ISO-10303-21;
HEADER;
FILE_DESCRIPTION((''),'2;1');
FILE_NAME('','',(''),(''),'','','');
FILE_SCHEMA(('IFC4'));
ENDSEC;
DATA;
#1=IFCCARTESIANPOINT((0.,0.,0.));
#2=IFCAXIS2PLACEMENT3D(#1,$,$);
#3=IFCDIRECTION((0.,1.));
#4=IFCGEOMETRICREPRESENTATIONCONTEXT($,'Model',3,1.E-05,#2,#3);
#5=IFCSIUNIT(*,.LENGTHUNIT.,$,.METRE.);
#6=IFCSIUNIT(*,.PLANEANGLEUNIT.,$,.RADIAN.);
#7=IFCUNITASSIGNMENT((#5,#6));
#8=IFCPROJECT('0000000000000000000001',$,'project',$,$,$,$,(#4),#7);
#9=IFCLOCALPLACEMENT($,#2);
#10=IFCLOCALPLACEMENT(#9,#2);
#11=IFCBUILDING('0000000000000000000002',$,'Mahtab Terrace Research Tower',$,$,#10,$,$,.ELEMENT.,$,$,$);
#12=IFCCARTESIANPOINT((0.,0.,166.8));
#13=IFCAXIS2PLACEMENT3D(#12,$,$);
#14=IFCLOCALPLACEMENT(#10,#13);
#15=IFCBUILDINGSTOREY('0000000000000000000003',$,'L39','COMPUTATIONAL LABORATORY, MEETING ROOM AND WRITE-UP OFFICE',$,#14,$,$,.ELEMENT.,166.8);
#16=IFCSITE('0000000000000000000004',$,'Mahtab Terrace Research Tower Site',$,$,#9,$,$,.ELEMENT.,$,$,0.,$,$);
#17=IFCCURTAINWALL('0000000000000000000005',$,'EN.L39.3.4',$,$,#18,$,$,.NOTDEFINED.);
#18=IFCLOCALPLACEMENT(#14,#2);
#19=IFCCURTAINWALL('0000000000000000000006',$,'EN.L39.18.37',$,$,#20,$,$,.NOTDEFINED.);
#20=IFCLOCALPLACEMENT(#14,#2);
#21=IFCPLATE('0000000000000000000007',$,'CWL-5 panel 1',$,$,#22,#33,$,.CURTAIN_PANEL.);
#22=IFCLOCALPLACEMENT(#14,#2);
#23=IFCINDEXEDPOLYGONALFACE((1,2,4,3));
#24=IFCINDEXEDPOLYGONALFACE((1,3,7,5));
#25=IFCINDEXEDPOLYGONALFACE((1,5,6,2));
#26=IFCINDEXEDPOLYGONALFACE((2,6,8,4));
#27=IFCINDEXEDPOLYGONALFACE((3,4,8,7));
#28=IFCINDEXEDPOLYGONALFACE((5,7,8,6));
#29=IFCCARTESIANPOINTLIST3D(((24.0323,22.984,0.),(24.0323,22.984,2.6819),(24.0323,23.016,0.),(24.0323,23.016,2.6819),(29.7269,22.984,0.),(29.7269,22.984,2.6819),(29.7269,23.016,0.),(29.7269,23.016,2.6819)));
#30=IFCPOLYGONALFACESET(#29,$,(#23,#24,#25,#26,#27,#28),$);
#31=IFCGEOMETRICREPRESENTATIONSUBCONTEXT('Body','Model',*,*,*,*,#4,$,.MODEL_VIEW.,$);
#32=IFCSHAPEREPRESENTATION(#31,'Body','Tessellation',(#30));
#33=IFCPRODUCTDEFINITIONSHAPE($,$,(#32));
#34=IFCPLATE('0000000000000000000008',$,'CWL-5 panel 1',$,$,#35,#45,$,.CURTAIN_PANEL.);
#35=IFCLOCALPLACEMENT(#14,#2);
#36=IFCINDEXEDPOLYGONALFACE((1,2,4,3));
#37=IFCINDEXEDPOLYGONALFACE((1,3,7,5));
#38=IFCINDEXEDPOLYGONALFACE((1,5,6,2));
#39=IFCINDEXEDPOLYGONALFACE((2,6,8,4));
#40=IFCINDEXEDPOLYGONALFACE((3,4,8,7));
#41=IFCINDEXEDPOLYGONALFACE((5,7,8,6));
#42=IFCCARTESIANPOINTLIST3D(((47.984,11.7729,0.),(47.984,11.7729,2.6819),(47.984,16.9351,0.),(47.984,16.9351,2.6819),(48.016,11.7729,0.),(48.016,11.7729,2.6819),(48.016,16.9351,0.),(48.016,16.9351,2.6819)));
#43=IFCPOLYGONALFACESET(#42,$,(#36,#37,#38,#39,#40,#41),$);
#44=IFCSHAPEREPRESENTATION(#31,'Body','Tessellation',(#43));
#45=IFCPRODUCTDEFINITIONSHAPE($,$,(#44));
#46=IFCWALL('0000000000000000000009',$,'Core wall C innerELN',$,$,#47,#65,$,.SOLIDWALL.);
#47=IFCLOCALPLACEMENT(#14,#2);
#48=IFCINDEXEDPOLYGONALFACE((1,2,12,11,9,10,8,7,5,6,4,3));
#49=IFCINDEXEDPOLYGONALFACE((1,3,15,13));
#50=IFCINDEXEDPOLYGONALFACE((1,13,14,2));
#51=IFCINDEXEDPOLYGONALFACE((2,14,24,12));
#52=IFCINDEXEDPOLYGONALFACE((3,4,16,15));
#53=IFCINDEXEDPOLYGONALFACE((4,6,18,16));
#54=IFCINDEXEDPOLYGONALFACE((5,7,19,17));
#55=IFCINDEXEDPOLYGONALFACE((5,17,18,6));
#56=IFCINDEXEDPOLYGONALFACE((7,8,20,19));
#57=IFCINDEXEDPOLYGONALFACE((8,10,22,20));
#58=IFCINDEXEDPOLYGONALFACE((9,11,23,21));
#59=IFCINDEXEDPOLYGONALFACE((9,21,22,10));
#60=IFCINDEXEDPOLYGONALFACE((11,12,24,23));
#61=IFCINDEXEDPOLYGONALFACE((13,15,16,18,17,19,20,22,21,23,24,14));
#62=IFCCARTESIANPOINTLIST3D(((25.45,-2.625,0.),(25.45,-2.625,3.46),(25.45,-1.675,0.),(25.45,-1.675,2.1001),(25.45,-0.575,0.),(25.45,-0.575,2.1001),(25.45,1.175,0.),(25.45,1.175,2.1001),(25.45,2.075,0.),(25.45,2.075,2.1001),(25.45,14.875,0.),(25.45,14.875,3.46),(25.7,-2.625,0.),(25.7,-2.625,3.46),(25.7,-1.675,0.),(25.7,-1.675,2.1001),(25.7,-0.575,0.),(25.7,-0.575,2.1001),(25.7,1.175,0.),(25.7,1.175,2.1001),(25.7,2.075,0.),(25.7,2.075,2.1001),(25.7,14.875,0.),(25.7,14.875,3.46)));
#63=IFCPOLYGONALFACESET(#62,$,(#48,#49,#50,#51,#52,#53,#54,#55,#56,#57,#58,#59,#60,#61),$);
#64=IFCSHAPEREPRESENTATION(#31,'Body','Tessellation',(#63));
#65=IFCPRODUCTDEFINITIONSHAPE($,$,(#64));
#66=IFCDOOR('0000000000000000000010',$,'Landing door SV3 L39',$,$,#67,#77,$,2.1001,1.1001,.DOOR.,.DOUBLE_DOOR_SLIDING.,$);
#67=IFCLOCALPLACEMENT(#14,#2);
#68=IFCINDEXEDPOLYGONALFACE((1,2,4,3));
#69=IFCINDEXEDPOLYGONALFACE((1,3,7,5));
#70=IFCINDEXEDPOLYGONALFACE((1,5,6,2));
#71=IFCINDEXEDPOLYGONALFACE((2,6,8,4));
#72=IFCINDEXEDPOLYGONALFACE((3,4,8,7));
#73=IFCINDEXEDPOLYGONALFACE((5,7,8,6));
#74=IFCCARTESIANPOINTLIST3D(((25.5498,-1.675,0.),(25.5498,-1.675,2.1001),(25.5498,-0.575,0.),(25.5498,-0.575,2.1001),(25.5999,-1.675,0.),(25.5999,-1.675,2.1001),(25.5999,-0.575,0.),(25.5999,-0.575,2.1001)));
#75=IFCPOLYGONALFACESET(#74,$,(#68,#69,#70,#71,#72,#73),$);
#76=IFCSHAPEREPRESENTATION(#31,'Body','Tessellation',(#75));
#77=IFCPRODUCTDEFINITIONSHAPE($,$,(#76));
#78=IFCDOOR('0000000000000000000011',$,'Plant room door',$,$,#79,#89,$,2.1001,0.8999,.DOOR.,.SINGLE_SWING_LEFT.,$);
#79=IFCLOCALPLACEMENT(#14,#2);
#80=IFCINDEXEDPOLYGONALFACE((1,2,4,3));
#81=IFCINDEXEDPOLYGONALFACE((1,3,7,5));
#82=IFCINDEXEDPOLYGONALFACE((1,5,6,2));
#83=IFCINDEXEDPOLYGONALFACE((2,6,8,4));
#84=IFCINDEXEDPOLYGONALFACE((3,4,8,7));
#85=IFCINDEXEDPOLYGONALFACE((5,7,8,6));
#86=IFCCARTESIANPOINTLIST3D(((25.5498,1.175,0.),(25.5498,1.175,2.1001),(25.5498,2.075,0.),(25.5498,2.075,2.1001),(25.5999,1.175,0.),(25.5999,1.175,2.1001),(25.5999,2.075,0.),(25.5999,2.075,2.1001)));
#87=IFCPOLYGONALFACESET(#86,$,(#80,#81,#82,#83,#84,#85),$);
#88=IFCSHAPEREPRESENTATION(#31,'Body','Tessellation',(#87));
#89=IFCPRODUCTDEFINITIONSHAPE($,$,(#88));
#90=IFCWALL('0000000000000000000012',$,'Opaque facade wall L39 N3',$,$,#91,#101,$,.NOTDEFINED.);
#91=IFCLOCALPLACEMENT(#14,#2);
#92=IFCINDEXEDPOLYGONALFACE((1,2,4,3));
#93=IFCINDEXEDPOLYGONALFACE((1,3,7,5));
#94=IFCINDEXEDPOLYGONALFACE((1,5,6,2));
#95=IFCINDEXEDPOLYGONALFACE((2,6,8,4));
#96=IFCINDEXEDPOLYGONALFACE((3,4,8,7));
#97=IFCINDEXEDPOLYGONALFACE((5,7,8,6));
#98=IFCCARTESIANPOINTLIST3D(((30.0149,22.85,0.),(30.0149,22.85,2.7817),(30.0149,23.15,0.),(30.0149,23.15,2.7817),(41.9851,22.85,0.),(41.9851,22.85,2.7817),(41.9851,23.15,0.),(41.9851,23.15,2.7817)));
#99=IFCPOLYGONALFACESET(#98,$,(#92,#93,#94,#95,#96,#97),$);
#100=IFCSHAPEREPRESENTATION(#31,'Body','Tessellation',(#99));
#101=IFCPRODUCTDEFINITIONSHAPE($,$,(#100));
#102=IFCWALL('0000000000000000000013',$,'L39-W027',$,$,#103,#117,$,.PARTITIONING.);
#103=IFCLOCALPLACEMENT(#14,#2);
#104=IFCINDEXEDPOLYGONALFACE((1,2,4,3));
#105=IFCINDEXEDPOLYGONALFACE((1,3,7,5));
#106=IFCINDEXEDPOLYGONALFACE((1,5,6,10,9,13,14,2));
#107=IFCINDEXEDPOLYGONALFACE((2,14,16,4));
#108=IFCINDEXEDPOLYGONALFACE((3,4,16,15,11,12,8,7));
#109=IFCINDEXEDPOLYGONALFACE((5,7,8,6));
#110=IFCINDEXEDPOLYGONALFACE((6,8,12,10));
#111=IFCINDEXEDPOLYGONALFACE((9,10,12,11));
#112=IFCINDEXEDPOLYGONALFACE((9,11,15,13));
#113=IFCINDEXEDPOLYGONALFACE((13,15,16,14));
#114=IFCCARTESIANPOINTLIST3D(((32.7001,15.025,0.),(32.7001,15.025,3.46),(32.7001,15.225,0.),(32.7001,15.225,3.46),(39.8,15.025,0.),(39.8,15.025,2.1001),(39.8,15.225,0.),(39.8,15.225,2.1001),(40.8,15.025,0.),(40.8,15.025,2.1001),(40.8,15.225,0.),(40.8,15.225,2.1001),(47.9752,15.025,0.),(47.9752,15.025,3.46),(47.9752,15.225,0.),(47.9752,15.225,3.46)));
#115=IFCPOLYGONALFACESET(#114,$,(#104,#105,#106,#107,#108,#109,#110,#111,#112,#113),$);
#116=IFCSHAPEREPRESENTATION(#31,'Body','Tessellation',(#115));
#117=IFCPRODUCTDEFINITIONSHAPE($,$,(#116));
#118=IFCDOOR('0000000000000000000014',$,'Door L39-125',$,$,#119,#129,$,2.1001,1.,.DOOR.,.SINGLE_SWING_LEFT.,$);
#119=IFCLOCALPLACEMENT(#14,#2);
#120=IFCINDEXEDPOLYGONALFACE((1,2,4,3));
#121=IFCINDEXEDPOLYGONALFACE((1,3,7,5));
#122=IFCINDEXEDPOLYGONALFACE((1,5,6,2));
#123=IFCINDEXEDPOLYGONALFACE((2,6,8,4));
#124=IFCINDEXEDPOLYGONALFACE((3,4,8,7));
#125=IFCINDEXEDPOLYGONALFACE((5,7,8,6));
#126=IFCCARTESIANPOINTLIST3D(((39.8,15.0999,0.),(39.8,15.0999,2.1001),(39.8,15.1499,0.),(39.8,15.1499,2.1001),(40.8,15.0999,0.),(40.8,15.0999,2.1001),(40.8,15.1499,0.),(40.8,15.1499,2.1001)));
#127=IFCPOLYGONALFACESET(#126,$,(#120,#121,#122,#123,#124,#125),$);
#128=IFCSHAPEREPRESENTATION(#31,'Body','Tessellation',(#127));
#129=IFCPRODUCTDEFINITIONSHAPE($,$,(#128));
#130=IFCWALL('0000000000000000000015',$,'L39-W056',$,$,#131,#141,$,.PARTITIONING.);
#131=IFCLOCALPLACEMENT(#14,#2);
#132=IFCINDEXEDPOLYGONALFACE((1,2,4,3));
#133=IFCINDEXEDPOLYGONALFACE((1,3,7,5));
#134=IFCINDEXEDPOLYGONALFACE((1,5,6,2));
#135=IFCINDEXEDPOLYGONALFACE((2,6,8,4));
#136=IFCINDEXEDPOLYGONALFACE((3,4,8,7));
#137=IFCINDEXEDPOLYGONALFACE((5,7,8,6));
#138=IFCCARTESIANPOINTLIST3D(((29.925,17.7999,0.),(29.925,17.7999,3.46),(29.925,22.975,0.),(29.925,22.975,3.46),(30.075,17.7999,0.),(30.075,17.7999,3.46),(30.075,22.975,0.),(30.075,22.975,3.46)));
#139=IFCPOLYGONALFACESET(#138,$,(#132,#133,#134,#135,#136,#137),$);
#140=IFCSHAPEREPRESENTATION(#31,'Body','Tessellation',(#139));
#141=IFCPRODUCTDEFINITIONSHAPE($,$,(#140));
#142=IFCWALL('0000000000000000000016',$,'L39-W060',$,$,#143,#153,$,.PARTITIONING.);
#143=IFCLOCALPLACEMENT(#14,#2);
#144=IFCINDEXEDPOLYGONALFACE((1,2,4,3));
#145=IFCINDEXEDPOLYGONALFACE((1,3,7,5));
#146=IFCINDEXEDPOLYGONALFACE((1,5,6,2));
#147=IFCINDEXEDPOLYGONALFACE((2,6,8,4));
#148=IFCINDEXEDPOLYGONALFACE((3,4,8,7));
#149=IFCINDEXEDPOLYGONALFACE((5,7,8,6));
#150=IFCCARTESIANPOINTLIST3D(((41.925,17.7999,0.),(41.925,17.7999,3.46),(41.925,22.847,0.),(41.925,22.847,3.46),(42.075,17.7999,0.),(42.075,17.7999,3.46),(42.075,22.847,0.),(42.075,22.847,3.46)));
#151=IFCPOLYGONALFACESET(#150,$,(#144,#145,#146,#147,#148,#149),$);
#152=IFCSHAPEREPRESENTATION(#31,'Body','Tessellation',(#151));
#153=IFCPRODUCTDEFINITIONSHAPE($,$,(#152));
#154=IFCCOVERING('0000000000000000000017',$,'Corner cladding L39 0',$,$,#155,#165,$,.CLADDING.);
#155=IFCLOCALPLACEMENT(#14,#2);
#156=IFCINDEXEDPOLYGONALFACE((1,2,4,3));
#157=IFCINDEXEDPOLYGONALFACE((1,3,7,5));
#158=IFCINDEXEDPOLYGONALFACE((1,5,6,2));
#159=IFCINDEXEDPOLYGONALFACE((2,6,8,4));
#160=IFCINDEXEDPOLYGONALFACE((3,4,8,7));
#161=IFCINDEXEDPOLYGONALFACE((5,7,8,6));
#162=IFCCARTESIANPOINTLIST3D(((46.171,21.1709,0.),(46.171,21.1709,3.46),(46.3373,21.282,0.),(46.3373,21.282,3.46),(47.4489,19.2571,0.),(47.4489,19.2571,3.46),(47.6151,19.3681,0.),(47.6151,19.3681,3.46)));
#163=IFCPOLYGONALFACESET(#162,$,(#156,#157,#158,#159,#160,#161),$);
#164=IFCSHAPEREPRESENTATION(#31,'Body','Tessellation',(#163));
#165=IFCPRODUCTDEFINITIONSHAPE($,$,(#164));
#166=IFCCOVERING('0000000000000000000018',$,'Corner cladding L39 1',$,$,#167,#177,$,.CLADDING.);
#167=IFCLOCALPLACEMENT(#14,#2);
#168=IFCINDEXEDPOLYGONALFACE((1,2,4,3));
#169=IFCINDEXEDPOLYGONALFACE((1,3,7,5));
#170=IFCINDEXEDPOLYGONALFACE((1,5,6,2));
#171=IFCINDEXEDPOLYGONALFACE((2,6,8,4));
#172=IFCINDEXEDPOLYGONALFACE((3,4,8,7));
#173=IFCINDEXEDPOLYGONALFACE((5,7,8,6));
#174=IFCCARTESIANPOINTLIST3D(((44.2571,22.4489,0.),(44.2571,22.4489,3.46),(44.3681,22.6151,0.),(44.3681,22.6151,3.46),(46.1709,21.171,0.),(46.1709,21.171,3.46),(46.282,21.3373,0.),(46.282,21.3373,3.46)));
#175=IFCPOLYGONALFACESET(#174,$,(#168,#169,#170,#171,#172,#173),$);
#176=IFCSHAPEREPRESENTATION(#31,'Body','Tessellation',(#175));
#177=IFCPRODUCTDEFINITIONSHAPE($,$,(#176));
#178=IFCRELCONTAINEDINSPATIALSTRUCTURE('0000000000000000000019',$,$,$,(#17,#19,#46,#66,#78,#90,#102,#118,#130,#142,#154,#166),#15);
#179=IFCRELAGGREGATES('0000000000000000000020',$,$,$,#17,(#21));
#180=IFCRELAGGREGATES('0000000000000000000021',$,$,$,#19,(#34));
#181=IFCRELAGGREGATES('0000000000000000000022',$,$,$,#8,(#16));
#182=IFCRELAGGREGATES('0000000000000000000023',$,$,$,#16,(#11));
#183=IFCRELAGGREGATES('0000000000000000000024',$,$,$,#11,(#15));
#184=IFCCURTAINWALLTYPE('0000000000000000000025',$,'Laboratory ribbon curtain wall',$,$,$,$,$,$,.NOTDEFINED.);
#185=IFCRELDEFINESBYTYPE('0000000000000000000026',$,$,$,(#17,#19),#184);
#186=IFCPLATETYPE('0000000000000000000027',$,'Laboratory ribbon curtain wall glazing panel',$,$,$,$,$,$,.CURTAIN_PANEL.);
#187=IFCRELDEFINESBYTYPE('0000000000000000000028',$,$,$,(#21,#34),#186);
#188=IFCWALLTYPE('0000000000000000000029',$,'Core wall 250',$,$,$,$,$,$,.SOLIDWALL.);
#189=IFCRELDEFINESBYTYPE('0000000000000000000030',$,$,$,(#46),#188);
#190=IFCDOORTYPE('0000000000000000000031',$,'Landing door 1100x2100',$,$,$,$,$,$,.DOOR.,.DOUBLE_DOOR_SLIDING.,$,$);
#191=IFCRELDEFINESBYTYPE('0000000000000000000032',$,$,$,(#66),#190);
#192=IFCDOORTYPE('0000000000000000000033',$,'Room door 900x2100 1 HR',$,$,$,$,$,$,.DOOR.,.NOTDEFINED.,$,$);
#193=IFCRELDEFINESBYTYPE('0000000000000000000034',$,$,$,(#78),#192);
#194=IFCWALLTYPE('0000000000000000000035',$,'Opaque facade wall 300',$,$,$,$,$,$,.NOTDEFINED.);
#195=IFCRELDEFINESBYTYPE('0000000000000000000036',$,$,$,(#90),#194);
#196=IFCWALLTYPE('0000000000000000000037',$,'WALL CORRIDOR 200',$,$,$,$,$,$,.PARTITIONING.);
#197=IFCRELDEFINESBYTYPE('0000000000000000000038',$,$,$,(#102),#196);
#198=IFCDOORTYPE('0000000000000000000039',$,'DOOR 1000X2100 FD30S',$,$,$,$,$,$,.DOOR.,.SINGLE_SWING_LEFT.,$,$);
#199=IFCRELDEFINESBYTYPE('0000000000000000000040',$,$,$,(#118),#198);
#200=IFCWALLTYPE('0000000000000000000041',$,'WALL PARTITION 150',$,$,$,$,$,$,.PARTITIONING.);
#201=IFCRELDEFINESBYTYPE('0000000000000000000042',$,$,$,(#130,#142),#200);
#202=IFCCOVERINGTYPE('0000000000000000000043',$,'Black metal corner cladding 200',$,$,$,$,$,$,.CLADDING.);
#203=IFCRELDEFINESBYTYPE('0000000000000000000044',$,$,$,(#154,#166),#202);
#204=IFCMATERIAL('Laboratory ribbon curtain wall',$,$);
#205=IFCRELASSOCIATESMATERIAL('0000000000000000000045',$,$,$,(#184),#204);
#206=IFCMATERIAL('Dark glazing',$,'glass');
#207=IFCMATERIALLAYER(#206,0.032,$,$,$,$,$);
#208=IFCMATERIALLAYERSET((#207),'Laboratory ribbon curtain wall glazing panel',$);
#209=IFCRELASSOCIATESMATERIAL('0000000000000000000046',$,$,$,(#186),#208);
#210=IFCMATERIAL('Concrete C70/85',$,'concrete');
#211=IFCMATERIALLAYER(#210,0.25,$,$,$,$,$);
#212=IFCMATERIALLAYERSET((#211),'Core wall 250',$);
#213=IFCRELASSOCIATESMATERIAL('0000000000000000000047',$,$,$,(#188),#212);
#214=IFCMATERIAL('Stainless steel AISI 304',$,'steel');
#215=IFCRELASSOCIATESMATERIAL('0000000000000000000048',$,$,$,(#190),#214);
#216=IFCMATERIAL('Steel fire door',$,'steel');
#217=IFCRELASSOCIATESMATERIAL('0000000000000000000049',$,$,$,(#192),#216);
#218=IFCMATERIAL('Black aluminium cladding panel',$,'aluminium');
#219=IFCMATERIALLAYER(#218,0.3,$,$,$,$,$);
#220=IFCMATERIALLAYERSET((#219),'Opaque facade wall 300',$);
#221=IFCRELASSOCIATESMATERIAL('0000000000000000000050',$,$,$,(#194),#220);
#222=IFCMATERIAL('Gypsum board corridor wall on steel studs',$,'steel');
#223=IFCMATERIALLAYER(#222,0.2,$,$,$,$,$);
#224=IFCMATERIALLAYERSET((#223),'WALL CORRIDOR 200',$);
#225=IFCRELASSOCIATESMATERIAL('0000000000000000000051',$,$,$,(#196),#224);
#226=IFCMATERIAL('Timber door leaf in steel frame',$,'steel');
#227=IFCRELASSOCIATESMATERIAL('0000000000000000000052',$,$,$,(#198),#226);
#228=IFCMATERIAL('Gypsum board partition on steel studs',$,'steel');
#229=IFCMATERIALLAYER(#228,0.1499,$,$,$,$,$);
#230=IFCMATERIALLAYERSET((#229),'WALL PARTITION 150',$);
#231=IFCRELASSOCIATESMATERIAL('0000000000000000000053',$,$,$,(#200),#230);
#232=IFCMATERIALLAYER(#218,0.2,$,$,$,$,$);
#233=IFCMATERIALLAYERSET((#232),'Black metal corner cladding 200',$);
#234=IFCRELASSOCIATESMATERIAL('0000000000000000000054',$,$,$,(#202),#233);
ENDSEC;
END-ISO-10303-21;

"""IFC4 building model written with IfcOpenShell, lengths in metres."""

from ifc_helpers import new_model, si_unit, direction, frame, frame_2d, origin, origin_2d, place, context, subcontext, project, spatial, rectangle, extrude, material, layer, layer_set, type_object, element, fill, aggregate, save


model = new_model("IFC4")

# Units and contexts
model_context = context("Model", 3, precision=1e-05, world=origin(), true_north=direction((0.0, 1.0)))
body_context = subcontext(model_context, "Body", "Model", "MODEL_VIEW")
ifc_project = project(units=[si_unit("LENGTHUNIT", "METRE"), si_unit("PLANEANGLEUNIT", "RADIAN")], contexts=[model_context])

# Site, building, storey
site_placement = place(None, origin())
site = spatial("IfcSite", under=ifc_project, at=site_placement, Name="Mahtab Terrace Research Tower Site", CompositionType="ELEMENT", RefElevation=0.0)
building_placement = place(site_placement, origin())
building = spatial("IfcBuilding", under=site, at=building_placement, Name="Mahtab Terrace Research Tower", CompositionType="ELEMENT")
storey_placement = place(building_placement, frame((0.0, 0.0, 166.8)))
storey = spatial("IfcBuildingStorey", under=building, at=storey_placement, Name="L39", Description="COMPUTATIONAL LABORATORY, MEETING ROOM AND WRITE-UP OFFICE", CompositionType="ELEMENT", Elevation=166.8)

# Curtain walls
ifc_material_1 = material(Name="Laboratory ribbon curtain wall")
curtain_wall_type = type_object("IfcCurtainWallType", Name="Laboratory ribbon curtain wall", PredefinedType="NOTDEFINED", material=ifc_material_1)
curtain_wall_1_placement = place(storey_placement, origin())
curtain_wall_1 = element("IfcCurtainWall", 1, at=curtain_wall_1_placement, inside=storey, type_object=curtain_wall_type, Name="EN.L39.3.4", PredefinedType="NOTDEFINED")
curtain_wall_2_placement = place(storey_placement, origin())
curtain_wall_2 = element("IfcCurtainWall", 2, at=curtain_wall_2_placement, inside=storey, type_object=curtain_wall_type, Name="EN.L39.18.37", PredefinedType="NOTDEFINED")

# Plates
ifc_material_2 = material(Name="Dark glazing", Category="glass")
ifc_layer_1 = layer(ifc_material_2, 0.032)
ifc_layer_set_1 = layer_set([ifc_layer_1], Name="Laboratory ribbon curtain wall glazing panel")
plate_type = type_object("IfcPlateType", Name="Laboratory ribbon curtain wall glazing panel", PredefinedType="CURTAIN_PANEL", material=ifc_layer_set_1)
plate_1_placement = place(storey_placement, frame((26.8796, 23.0, 0.0), z_axis=(0.0, 0.0, 1.0), x_axis=(-1.0, 0.0, 0.0)))
plate_1 = element("IfcPlate", 3, at=plate_1_placement, type_object=plate_type, Name="CWL-5 panel 1", PredefinedType="CURTAIN_PANEL", context=body_context, shape_type="SweptSolid", body=[
    extrude(rectangle(XDim=5.6946, YDim=0.032, at=origin_2d()), origin(), (0.0, 0.0, 1.0), 2.6819),
])
aggregate(curtain_wall_1, [plate_1])
plate_2_placement = place(storey_placement, frame((48.0, 14.354, 0.0), z_axis=(0.0, 0.0, 1.0), x_axis=(0.0, 1.0, 0.0)))
plate_2 = element("IfcPlate", 4, at=plate_2_placement, type_object=plate_type, Name="CWL-5 panel 1", PredefinedType="CURTAIN_PANEL", context=body_context, shape_type="SweptSolid", body=[
    extrude(rectangle(XDim=5.1621, YDim=0.032, at=origin_2d()), origin(), (0.0, 0.0, 1.0), 2.6819),
])
aggregate(curtain_wall_2, [plate_2])

# Wall, openings, doors
ifc_material_3 = material(Name="Concrete C70/85", Category="concrete")
ifc_layer_2 = layer(ifc_material_3, 0.25)
ifc_layer_set_2 = layer_set([ifc_layer_2], Name="Core wall 250")
wall_type_1 = type_object("IfcWallType", Name="Core wall 250", PredefinedType="SOLIDWALL", material=ifc_layer_set_2)
wall_1_placement = place(storey_placement, frame((25.575, 14.875, 0.0), z_axis=(0.0, 0.0, 1.0), x_axis=(0.0, -1.0, 0.0)))
wall_1 = element("IfcWall", 5, at=wall_1_placement, inside=storey, type_object=wall_type_1, Name="Core wall C innerELN", PredefinedType="SOLIDWALL", context=body_context, shape_type="SweptSolid", body=[
    extrude(rectangle(XDim=17.5, YDim=0.25, at=frame_2d((8.75, 0.0))), origin(), (0.0, 0.0, 1.0), 3.46),
])
opening_1_placement = place(wall_1_placement, frame((15.45, 0.0, 0.0)))
opening_1 = element("IfcOpeningElement", 6, at=opening_1_placement, cuts=wall_1, PredefinedType="OPENING", context=body_context, shape_type="SweptSolid", body=[
    extrude(rectangle(XDim=1.1001, YDim=2.1001, at=frame_2d((0.55, 1.05))), frame((0.0, 0.135, 0.0), z_axis=(0.0, -1.0, 0.0), x_axis=(1.0, 0.0, 0.0)), (0.0, 0.0, 1.0), 0.27),
])
opening_2_placement = place(wall_1_placement, frame((12.8, 0.0, 0.0)))
opening_2 = element("IfcOpeningElement", 7, at=opening_2_placement, cuts=wall_1, PredefinedType="OPENING", context=body_context, shape_type="SweptSolid", body=[
    extrude(rectangle(XDim=0.8999, YDim=2.1001, at=frame_2d((0.45, 1.05))), frame((0.0, 0.135, 0.0), z_axis=(0.0, -1.0, 0.0), x_axis=(1.0, 0.0, 0.0)), (0.0, 0.0, 1.0), 0.27),
])
ifc_material_4 = material(Name="Stainless steel AISI 304", Category="steel")
door_type_1 = type_object("IfcDoorType", Name="Landing door 1100x2100", OperationType="DOUBLE_DOOR_SLIDING", PredefinedType="DOOR", material=ifc_material_4)
door_1_placement = place(opening_1_placement, origin())
door_1 = element("IfcDoor", 8, at=door_1_placement, inside=storey, type_object=door_type_1, Name="Landing door SV3 L39", OperationType="DOUBLE_DOOR_SLIDING", OverallHeight=2.1001, OverallWidth=1.1001, PredefinedType="DOOR", context=body_context, shape_type="SweptSolid", body=[
    extrude(rectangle(XDim=1.1001, YDim=2.1001, at=frame_2d((0.55, 1.05))), frame((0.0, 0.0249, 0.0), z_axis=(0.0, -1.0, 0.0), x_axis=(1.0, 0.0, 0.0)), (0.0, 0.0, 1.0), 0.05),
])
fill(opening_1, door_1)
ifc_material_5 = material(Name="Steel fire door", Category="steel")
door_type_2 = type_object("IfcDoorType", Name="Room door 900x2100 1 HR", OperationType="NOTDEFINED", PredefinedType="DOOR", material=ifc_material_5)
door_2_placement = place(opening_2_placement, origin())
door_2 = element("IfcDoor", 9, at=door_2_placement, inside=storey, type_object=door_type_2, Name="Plant room door", OperationType="SINGLE_SWING_LEFT", OverallHeight=2.1001, OverallWidth=0.8999, PredefinedType="DOOR", context=body_context, shape_type="SweptSolid", body=[
    extrude(rectangle(XDim=0.8999, YDim=2.1001, at=frame_2d((0.45, 1.05))), frame((0.0, 0.0249, 0.0), z_axis=(0.0, -1.0, 0.0), x_axis=(1.0, 0.0, 0.0)), (0.0, 0.0, 1.0), 0.05),
])
fill(opening_2, door_2)

# Wall
ifc_material_6 = material(Name="Black aluminium cladding panel", Category="aluminium")
ifc_layer_3 = layer(ifc_material_6, 0.3)
ifc_layer_set_3 = layer_set([ifc_layer_3], Name="Opaque facade wall 300")
wall_type_2 = type_object("IfcWallType", Name="Opaque facade wall 300", PredefinedType="NOTDEFINED", material=ifc_layer_set_3)
wall_2_placement = place(storey_placement, frame((41.9851, 23.0, 0.0), z_axis=(0.0, 0.0, 1.0), x_axis=(-1.0, 0.0, 0.0)))
element("IfcWall", 10, at=wall_2_placement, inside=storey, type_object=wall_type_2, Name="Opaque facade wall L39 N3", PredefinedType="NOTDEFINED", context=body_context, shape_type="SweptSolid", body=[
    extrude(rectangle(XDim=11.9702, YDim=0.3, at=frame_2d((5.9851, 0.0))), origin(), (0.0, 0.0, 1.0), 2.7817),
])

# Wall, opening, door
ifc_material_7 = material(Name="Gypsum board corridor wall on steel studs", Category="steel")
ifc_layer_4 = layer(ifc_material_7, 0.2)
ifc_layer_set_4 = layer_set([ifc_layer_4], Name="WALL CORRIDOR 200")
wall_type_3 = type_object("IfcWallType", Name="WALL CORRIDOR 200", PredefinedType="PARTITIONING", material=ifc_layer_set_4)
wall_3_placement = place(storey_placement, frame((32.7, 15.125, 0.0), z_axis=(0.0, 0.0, 1.0), x_axis=(1.0, 0.0, 0.0)))
wall_3 = element("IfcWall", 11, at=wall_3_placement, inside=storey, type_object=wall_type_3, Name="L39-W027", PredefinedType="PARTITIONING", context=body_context, shape_type="SweptSolid", body=[
    extrude(rectangle(XDim=15.2751, YDim=0.2, at=frame_2d((7.6377, 0.0))), origin(), (0.0, 0.0, 1.0), 3.46),
])
opening_3_placement = place(wall_3_placement, frame((7.1001, 0.0, 0.0)))
opening_3 = element("IfcOpeningElement", 12, at=opening_3_placement, cuts=wall_3, PredefinedType="OPENING", context=body_context, shape_type="SweptSolid", body=[
    extrude(rectangle(XDim=1.0, YDim=2.1001, at=frame_2d((0.5, 1.05))), frame((0.0, 0.1099, 0.0), z_axis=(0.0, -1.0, 0.0), x_axis=(1.0, 0.0, 0.0)), (0.0, 0.0, 1.0), 0.22),
])
ifc_material_8 = material(Name="Timber door leaf in steel frame", Category="steel")
door_type_3 = type_object("IfcDoorType", Name="DOOR 1000X2100 FD30S", OperationType="SINGLE_SWING_LEFT", PredefinedType="DOOR", material=ifc_material_8)
door_3_placement = place(opening_3_placement, origin())
door_3 = element("IfcDoor", 13, at=door_3_placement, inside=storey, type_object=door_type_3, Name="Door L39-125", OperationType="SINGLE_SWING_LEFT", OverallHeight=2.1001, OverallWidth=1.0, PredefinedType="DOOR", context=body_context, shape_type="SweptSolid", body=[
    extrude(rectangle(XDim=1.0, YDim=2.1001, at=frame_2d((0.5, 1.05))), frame((0.0, 0.0249, 0.0), z_axis=(0.0, -1.0, 0.0), x_axis=(1.0, 0.0, 0.0)), (0.0, 0.0, 1.0), 0.05),
])
fill(opening_3, door_3)

# Walls
ifc_material_9 = material(Name="Gypsum board partition on steel studs", Category="steel")
ifc_layer_5 = layer(ifc_material_9, 0.1499)
ifc_layer_set_5 = layer_set([ifc_layer_5], Name="WALL PARTITION 150")
wall_type_4 = type_object("IfcWallType", Name="WALL PARTITION 150", PredefinedType="PARTITIONING", material=ifc_layer_set_5)
wall_4_placement = place(storey_placement, frame((30.0, 17.8, 0.0), z_axis=(0.0, 0.0, 1.0), x_axis=(0.0, 1.0, 0.0)))
element("IfcWall", 14, at=wall_4_placement, inside=storey, type_object=wall_type_4, Name="L39-W056", PredefinedType="PARTITIONING", context=body_context, shape_type="SweptSolid", body=[
    extrude(rectangle(XDim=5.175, YDim=0.1499, at=frame_2d((2.5874, 0.0))), origin(), (0.0, 0.0, 1.0), 3.46),
])
wall_5_placement = place(storey_placement, frame((42.0, 17.8, 0.0), z_axis=(0.0, 0.0, 1.0), x_axis=(0.0, 1.0, 0.0)))
element("IfcWall", 15, at=wall_5_placement, inside=storey, type_object=wall_type_4, Name="L39-W060", PredefinedType="PARTITIONING", context=body_context, shape_type="SweptSolid", body=[
    extrude(rectangle(XDim=5.0471, YDim=0.1499, at=frame_2d((2.5234, 0.0))), origin(), (0.0, 0.0, 1.0), 3.46),
])

# Coverings
ifc_layer_6 = layer(ifc_material_6, 0.2)
ifc_layer_set_6 = layer_set([ifc_layer_6], Name="Black metal corner cladding 200")
covering_type = type_object("IfcCoveringType", Name="Black metal corner cladding 200", PredefinedType="CLADDING", material=ifc_layer_set_6)
for number, where, z_axis, x_axis, name in (
    (16, (46.8931, 20.2695, 0.0), (0.0, 0.0, 1.0), (-0.555291, 0.831656, 0.0), "Corner cladding L39 0"),
    (17, (45.2695, 21.8931, 0.0), (0.0, 0.0, 1.0), (-0.831656, 0.555291, 0.0), "Corner cladding L39 1"),
):
    element("IfcCovering", number, at=place(storey_placement, frame(where, z_axis=z_axis, x_axis=x_axis)), inside=storey, type_object=covering_type, Name=name, PredefinedType="CLADDING", context=body_context, shape_type="SweptSolid", body=[
        extrude(rectangle(XDim=2.3013, YDim=0.2, at=origin_2d()), origin(), (0.0, 0.0, 1.0), 3.46),
    ])

save(model, "model.ifc")
